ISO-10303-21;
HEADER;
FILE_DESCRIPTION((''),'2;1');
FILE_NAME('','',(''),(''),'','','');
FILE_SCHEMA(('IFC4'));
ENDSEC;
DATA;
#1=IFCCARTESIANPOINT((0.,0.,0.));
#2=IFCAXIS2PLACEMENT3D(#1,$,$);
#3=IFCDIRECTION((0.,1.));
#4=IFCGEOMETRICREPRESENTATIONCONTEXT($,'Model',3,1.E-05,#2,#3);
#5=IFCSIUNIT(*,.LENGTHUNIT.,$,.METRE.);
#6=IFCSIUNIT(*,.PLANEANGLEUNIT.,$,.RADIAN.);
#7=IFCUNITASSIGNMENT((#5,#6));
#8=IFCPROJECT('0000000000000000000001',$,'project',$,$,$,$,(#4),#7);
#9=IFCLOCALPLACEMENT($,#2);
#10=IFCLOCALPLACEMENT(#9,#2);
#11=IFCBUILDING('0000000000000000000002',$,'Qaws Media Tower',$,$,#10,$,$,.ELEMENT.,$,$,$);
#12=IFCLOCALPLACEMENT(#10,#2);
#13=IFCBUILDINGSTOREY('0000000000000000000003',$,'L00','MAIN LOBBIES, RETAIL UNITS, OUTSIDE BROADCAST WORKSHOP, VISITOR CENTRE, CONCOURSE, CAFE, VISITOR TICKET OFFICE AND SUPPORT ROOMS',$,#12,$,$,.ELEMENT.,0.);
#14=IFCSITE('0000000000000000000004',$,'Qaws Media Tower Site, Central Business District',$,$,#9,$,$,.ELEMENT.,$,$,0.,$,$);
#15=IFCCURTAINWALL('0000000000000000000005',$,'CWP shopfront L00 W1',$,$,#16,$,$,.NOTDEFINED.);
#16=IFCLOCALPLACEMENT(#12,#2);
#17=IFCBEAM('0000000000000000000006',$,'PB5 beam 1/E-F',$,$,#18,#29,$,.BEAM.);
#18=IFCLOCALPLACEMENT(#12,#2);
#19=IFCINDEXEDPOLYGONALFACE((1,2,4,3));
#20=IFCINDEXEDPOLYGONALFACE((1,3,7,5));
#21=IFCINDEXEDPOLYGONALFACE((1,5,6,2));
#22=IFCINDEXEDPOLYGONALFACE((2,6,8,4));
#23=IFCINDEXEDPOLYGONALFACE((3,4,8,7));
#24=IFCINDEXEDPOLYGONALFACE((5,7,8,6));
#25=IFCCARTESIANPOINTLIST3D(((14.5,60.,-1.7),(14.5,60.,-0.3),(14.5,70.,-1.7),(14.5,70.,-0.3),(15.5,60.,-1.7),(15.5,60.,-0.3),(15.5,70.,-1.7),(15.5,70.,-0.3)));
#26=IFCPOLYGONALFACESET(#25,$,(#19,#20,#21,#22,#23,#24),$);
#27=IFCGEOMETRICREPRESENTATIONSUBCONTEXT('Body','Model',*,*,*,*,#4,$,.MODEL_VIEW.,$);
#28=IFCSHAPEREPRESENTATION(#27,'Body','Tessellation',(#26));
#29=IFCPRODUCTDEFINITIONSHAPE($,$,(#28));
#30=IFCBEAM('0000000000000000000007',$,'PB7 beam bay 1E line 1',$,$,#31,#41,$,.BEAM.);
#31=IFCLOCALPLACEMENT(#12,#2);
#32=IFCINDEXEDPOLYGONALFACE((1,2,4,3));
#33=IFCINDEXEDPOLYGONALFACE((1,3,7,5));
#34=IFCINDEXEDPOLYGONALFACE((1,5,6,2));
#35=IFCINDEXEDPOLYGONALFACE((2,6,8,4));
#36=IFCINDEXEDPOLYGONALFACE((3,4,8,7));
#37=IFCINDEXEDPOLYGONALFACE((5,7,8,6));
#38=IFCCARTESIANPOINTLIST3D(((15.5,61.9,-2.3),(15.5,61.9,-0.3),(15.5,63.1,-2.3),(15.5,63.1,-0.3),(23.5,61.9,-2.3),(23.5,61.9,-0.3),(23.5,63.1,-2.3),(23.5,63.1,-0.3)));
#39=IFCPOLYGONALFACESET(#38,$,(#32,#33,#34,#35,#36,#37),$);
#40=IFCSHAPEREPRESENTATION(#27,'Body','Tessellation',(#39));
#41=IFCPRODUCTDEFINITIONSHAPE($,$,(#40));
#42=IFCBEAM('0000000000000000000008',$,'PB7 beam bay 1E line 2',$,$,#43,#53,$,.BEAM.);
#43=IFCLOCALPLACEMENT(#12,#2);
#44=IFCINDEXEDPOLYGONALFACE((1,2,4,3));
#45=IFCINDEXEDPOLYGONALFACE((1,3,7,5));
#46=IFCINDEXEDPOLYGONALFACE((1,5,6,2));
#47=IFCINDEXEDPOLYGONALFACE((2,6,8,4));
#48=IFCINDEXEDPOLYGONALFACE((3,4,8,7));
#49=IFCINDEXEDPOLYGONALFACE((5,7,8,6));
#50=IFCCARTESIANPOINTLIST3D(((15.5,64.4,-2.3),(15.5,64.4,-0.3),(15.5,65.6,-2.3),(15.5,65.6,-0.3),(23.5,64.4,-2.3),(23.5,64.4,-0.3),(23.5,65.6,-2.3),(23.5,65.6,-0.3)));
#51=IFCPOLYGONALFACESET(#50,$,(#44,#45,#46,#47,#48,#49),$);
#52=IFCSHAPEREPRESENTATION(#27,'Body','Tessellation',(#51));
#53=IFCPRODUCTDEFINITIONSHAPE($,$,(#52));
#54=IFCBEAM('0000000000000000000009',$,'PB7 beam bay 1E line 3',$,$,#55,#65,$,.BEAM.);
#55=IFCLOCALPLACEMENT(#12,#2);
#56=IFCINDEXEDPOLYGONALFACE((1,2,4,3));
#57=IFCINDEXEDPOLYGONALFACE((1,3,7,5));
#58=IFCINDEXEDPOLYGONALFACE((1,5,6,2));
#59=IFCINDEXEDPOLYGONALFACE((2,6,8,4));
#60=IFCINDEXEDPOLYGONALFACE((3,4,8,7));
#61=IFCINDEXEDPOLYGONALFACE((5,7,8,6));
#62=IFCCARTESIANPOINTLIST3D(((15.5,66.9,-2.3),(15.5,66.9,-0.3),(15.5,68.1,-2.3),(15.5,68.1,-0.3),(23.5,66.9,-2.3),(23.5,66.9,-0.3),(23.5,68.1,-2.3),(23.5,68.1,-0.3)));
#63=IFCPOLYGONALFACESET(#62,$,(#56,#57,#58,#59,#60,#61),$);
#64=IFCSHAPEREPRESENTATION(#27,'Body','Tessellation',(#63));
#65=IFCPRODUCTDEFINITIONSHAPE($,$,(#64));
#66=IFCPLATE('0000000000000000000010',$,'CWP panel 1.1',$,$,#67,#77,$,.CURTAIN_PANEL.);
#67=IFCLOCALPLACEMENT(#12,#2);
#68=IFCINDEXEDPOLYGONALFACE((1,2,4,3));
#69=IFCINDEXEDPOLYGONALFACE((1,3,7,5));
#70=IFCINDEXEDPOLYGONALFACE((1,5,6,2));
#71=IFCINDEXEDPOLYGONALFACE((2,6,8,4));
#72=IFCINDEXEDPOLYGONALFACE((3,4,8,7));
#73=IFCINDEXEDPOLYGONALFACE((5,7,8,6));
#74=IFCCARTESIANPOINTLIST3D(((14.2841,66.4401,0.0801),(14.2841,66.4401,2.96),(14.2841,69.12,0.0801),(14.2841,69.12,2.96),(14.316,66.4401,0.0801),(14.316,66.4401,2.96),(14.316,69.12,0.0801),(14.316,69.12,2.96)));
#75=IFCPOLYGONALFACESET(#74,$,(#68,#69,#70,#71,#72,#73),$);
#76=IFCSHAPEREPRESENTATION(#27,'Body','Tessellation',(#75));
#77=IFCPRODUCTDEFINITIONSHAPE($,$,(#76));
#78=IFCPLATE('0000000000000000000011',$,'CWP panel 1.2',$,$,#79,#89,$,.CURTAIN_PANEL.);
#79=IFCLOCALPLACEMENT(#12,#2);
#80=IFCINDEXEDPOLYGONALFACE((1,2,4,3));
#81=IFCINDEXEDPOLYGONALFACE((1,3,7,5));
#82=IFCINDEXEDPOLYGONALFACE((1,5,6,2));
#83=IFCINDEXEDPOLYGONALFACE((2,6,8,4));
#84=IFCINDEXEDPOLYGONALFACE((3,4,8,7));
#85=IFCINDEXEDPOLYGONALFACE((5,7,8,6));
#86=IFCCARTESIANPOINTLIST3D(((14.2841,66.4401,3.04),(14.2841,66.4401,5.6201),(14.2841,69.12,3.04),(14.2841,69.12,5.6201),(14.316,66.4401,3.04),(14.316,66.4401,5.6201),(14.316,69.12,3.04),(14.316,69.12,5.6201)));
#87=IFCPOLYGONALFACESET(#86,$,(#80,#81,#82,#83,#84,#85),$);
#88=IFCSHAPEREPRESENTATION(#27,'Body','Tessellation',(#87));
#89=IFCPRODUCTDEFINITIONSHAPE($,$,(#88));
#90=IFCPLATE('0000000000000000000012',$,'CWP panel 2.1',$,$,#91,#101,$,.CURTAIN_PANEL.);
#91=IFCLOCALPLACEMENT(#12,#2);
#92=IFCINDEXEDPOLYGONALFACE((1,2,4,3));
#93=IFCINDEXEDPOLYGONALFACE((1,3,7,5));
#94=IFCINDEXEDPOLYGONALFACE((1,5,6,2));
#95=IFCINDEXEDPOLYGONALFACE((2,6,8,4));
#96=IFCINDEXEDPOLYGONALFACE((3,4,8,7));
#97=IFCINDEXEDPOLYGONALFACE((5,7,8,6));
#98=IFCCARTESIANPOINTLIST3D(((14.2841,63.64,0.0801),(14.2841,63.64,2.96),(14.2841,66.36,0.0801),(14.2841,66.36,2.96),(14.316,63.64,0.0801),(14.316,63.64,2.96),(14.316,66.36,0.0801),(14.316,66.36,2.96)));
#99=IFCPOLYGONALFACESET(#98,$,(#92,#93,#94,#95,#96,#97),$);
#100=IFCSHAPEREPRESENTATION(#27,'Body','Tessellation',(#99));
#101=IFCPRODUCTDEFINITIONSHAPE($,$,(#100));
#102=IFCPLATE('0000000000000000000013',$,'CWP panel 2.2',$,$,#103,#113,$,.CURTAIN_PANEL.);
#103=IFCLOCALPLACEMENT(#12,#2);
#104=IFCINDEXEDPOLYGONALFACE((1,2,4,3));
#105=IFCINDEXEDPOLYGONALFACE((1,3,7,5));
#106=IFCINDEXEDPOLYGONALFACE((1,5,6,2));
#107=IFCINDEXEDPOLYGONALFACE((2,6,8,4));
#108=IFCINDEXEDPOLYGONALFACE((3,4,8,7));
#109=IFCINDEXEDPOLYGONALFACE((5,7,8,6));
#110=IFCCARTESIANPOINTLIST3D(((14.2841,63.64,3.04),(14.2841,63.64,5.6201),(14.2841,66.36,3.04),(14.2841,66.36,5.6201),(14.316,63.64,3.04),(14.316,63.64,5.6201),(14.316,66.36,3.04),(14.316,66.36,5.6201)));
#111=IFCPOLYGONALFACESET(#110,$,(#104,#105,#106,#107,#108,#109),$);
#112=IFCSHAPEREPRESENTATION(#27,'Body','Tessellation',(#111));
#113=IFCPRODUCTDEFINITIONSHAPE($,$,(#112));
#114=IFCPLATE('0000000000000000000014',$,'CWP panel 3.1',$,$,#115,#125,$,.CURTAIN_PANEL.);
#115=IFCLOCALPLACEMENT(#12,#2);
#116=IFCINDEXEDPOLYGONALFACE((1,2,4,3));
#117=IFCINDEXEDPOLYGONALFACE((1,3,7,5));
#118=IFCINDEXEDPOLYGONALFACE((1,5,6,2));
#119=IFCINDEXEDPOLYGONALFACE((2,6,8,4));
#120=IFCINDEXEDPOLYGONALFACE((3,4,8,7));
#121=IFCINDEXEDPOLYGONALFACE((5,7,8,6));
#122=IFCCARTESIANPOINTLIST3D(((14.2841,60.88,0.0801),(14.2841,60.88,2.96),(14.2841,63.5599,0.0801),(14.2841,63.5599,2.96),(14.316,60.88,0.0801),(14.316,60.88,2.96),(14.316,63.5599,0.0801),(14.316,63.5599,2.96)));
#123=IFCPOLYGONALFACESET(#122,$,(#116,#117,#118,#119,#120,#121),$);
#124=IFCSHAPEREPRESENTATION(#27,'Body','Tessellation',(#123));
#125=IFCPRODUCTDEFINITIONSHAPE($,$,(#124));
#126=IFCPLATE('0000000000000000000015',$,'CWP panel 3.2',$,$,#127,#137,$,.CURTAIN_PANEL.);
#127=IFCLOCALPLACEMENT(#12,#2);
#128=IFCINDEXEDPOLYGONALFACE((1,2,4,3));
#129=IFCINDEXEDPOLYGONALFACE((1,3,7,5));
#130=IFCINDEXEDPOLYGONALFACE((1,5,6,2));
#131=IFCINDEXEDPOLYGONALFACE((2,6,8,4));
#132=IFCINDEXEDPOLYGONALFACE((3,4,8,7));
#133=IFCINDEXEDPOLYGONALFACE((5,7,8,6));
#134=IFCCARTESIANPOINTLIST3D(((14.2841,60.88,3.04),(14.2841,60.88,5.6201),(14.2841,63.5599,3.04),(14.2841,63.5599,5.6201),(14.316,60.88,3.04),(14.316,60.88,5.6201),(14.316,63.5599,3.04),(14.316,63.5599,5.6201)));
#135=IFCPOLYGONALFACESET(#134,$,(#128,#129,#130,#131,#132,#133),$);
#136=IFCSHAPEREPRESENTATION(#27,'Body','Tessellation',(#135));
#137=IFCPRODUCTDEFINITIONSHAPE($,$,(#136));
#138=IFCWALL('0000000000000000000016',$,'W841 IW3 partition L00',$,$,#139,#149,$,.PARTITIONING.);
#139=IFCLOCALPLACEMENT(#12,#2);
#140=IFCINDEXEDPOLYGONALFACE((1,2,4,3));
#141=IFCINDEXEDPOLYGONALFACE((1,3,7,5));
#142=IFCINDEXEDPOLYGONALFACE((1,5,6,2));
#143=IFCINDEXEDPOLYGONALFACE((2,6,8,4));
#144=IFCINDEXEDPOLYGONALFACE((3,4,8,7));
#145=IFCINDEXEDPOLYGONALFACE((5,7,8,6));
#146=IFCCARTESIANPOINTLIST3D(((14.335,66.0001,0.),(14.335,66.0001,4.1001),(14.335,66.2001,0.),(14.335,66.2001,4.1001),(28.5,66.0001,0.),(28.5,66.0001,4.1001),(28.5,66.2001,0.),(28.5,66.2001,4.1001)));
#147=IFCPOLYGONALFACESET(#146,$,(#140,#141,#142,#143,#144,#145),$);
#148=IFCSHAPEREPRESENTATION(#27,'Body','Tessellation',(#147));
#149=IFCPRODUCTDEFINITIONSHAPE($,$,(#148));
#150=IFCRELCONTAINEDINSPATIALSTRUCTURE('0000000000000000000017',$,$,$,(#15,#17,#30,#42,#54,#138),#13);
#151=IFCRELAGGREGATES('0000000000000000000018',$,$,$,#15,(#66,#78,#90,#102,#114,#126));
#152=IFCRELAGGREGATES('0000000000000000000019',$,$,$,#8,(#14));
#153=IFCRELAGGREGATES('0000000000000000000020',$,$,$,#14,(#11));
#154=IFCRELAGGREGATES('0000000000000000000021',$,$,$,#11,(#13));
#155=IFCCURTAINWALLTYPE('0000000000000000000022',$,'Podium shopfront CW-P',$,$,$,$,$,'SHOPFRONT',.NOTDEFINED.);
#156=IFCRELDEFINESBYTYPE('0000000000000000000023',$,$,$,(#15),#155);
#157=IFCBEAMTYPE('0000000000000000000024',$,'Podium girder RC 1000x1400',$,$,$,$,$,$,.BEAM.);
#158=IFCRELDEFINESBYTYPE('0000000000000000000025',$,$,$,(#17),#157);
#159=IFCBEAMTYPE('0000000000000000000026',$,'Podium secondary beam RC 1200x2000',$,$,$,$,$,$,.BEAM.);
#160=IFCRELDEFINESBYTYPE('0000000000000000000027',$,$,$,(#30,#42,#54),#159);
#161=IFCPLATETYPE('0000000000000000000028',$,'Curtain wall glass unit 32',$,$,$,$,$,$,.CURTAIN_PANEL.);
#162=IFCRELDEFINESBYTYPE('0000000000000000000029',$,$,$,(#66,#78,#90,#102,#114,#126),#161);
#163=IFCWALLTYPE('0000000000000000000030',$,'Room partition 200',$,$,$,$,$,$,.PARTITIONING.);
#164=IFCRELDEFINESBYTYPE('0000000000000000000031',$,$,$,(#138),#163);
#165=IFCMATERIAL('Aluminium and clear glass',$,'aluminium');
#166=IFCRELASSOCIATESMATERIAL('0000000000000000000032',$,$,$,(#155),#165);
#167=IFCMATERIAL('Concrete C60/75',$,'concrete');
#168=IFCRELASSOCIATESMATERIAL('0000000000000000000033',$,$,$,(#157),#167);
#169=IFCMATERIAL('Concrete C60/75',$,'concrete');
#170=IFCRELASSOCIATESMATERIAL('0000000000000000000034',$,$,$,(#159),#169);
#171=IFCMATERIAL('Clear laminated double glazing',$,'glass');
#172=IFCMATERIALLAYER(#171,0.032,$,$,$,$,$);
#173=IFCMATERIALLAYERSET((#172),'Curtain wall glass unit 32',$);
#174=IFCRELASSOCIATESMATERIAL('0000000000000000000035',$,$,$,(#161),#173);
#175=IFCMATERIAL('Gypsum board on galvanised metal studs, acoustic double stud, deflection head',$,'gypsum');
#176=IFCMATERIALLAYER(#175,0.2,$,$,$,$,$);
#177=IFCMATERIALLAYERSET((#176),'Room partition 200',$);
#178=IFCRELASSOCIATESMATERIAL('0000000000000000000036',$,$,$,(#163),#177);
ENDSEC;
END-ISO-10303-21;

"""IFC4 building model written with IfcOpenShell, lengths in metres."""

from ifc_helpers import new_model, si_unit, direction, frame, frame_2d, origin, origin_2d, place, context, subcontext, project, spatial, rectangle, extrude, material, layer, layer_set, material_profile, profile_set, type_object, element, aggregate, save


model = new_model("IFC4")

# Units and contexts
model_context = context("Model", 3, precision=1e-05, world=origin(), true_north=direction((0.0, 1.0)))
body_context = subcontext(model_context, "Body", "Model", "MODEL_VIEW")
ifc_project = project(units=[si_unit("LENGTHUNIT", "METRE"), si_unit("PLANEANGLEUNIT", "RADIAN")], contexts=[model_context])

# Site, building, storey
site_placement = place(None, origin())
site = spatial("IfcSite", under=ifc_project, at=site_placement, Name="Qaws Media Tower Site, Central Business District", CompositionType="ELEMENT", RefElevation=0.0)
building_placement = place(site_placement, origin())
building = spatial("IfcBuilding", under=site, at=building_placement, Name="Qaws Media Tower", CompositionType="ELEMENT")
storey_placement = place(building_placement, origin())
storey = spatial("IfcBuildingStorey", under=building, at=storey_placement, Name="L00", Description="MAIN LOBBIES, RETAIL UNITS, OUTSIDE BROADCAST WORKSHOP, VISITOR CENTRE, CONCOURSE, CAFE, VISITOR TICKET OFFICE AND SUPPORT ROOMS", CompositionType="ELEMENT", Elevation=0.0)

# Curtain wall
ifc_material_1 = material(Name="Aluminium and clear glass", Category="aluminium")
curtain_wall_type = type_object("IfcCurtainWallType", Name="Podium shopfront CW-P", ElementType="SHOPFRONT", PredefinedType="NOTDEFINED", material=ifc_material_1)
curtain_wall_placement = place(storey_placement, origin())
curtain_wall = element("IfcCurtainWall", 1, at=curtain_wall_placement, inside=storey, type_object=curtain_wall_type, Name="CWP shopfront L00 W1", PredefinedType="NOTDEFINED")

# Beams
ifc_material_2 = material(Name="Concrete C60/75", Category="concrete")
ifc_material_profile_1 = material_profile(ifc_material_2, rectangle(XDim=1.0, YDim=1.3999, at=origin_2d()), Name="RC 1000x1400")
ifc_profile_set_1 = profile_set([ifc_material_profile_1], Name="Concrete C60/75")
beam_type_1 = type_object("IfcBeamType", Name="Podium girder RC 1000x1400", PredefinedType="BEAM", material=ifc_profile_set_1)
beam_1_placement = place(storey_placement, frame((15.0, 60.0, -1.0), z_axis=(0.0, 1.0, 0.0), x_axis=(-1.0, 0.0, 0.0)))
element("IfcBeam", 2, at=beam_1_placement, inside=storey, type_object=beam_type_1, Name="PB5 beam 1/E-F", PredefinedType="BEAM", context=body_context, shape_type="SweptSolid", body=[
    extrude(rectangle(XDim=1.0, YDim=1.3999, at=origin_2d()), origin(), (0.0, 0.0, 1.0), 10.0),
])
ifc_material_3 = material(Name="Concrete C60/75", Category="concrete")
ifc_material_profile_2 = material_profile(ifc_material_3, rectangle(XDim=1.2, YDim=2.0, at=origin_2d()), Name="RC 1200x2000")
ifc_profile_set_2 = profile_set([ifc_material_profile_2], Name="Concrete C60/75")
beam_type_2 = type_object("IfcBeamType", Name="Podium secondary beam RC 1200x2000", PredefinedType="BEAM", material=ifc_profile_set_2)
for number, where, z_axis, x_axis, name in (
    (3, (15.5, 62.5, -1.3), (1.0, 0.0, 0.0), (0.0, 1.0, 0.0), "PB7 beam bay 1E line 1"),
    (4, (15.5, 65.0, -1.3), (1.0, 0.0, 0.0), (0.0, 1.0, 0.0), "PB7 beam bay 1E line 2"),
    (5, (15.5, 67.5, -1.3), (1.0, 0.0, 0.0), (0.0, 1.0, 0.0), "PB7 beam bay 1E line 3"),
):
    element("IfcBeam", number, at=place(storey_placement, frame(where, z_axis=z_axis, x_axis=x_axis)), inside=storey, type_object=beam_type_2, Name=name, PredefinedType="BEAM", context=body_context, shape_type="SweptSolid", body=[
        extrude(rectangle(XDim=1.2, YDim=2.0, at=origin_2d()), origin(), (0.0, 0.0, 1.0), 8.0),
    ])

# Plates
ifc_material_4 = material(Name="Clear laminated double glazing", Category="glass")
ifc_layer_1 = layer(ifc_material_4, 0.032)
ifc_layer_set_1 = layer_set([ifc_layer_1], Name="Curtain wall glass unit 32")
plate_type = type_object("IfcPlateType", Name="Curtain wall glass unit 32", PredefinedType="CURTAIN_PANEL", material=ifc_layer_set_1)
plate_1_placement = place(storey_placement, frame((14.3, 67.78, 0.0801), z_axis=(0.0, 0.0, 1.0), x_axis=(0.0, -1.0, 0.0)))
plate_1 = element("IfcPlate", 6, at=plate_1_placement, type_object=plate_type, Name="CWP panel 1.1", PredefinedType="CURTAIN_PANEL", context=body_context, shape_type="SweptSolid", body=[
    extrude(rectangle(XDim=2.6799, YDim=0.032, at=origin_2d()), origin(), (0.0, 0.0, 1.0), 2.8799),
])
plate_2_placement = place(storey_placement, frame((14.3, 67.78, 3.04), z_axis=(0.0, 0.0, 1.0), x_axis=(0.0, -1.0, 0.0)))
plate_2 = element("IfcPlate", 7, at=plate_2_placement, type_object=plate_type, Name="CWP panel 1.2", PredefinedType="CURTAIN_PANEL", context=body_context, shape_type="SweptSolid", body=[
    extrude(rectangle(XDim=2.6799, YDim=0.032, at=origin_2d()), origin(), (0.0, 0.0, 1.0), 2.5801),
])
plate_3_placement = place(storey_placement, frame((14.3, 65.0, 0.0801), z_axis=(0.0, 0.0, 1.0), x_axis=(0.0, -1.0, 0.0)))
plate_3 = element("IfcPlate", 8, at=plate_3_placement, type_object=plate_type, Name="CWP panel 2.1", PredefinedType="CURTAIN_PANEL", context=body_context, shape_type="SweptSolid", body=[
    extrude(rectangle(XDim=2.72, YDim=0.032, at=origin_2d()), origin(), (0.0, 0.0, 1.0), 2.8799),
])
plate_4_placement = place(storey_placement, frame((14.3, 65.0, 3.04), z_axis=(0.0, 0.0, 1.0), x_axis=(0.0, -1.0, 0.0)))
plate_4 = element("IfcPlate", 9, at=plate_4_placement, type_object=plate_type, Name="CWP panel 2.2", PredefinedType="CURTAIN_PANEL", context=body_context, shape_type="SweptSolid", body=[
    extrude(rectangle(XDim=2.72, YDim=0.032, at=origin_2d()), origin(), (0.0, 0.0, 1.0), 2.5801),
])
plate_5_placement = place(storey_placement, frame((14.3, 62.22, 0.0801), z_axis=(0.0, 0.0, 1.0), x_axis=(0.0, -1.0, 0.0)))
plate_5 = element("IfcPlate", 10, at=plate_5_placement, type_object=plate_type, Name="CWP panel 3.1", PredefinedType="CURTAIN_PANEL", context=body_context, shape_type="SweptSolid", body=[
    extrude(rectangle(XDim=2.6799, YDim=0.032, at=origin_2d()), origin(), (0.0, 0.0, 1.0), 2.8799),
])
plate_6_placement = place(storey_placement, frame((14.3, 62.22, 3.04), z_axis=(0.0, 0.0, 1.0), x_axis=(0.0, -1.0, 0.0)))
plate_6 = element("IfcPlate", 11, at=plate_6_placement, type_object=plate_type, Name="CWP panel 3.2", PredefinedType="CURTAIN_PANEL", context=body_context, shape_type="SweptSolid", body=[
    extrude(rectangle(XDim=2.6799, YDim=0.032, at=origin_2d()), origin(), (0.0, 0.0, 1.0), 2.5801),
])
aggregate(curtain_wall, [plate_1, plate_2, plate_3, plate_4, plate_5, plate_6])

# Wall
ifc_material_5 = material(Name="Gypsum board on galvanised metal studs, acoustic double stud, deflection head", Category="gypsum")
ifc_layer_2 = layer(ifc_material_5, 0.2)
ifc_layer_set_2 = layer_set([ifc_layer_2], Name="Room partition 200")
wall_type = type_object("IfcWallType", Name="Room partition 200", PredefinedType="PARTITIONING", material=ifc_layer_set_2)
wall_placement = place(storey_placement, frame((14.335, 66.1001, 0.0), z_axis=(0.0, 0.0, 1.0), x_axis=(1.0, 0.0, 0.0)))
element("IfcWall", 12, at=wall_placement, inside=storey, type_object=wall_type, Name="W841 IW3 partition L00", PredefinedType="PARTITIONING", context=body_context, shape_type="SweptSolid", body=[
    extrude(rectangle(XDim=14.165, YDim=0.2, at=frame_2d((7.0825, 0.0))), origin(), (0.0, 0.0, 1.0), 4.1001),
])

save(model, "model.ifc")
